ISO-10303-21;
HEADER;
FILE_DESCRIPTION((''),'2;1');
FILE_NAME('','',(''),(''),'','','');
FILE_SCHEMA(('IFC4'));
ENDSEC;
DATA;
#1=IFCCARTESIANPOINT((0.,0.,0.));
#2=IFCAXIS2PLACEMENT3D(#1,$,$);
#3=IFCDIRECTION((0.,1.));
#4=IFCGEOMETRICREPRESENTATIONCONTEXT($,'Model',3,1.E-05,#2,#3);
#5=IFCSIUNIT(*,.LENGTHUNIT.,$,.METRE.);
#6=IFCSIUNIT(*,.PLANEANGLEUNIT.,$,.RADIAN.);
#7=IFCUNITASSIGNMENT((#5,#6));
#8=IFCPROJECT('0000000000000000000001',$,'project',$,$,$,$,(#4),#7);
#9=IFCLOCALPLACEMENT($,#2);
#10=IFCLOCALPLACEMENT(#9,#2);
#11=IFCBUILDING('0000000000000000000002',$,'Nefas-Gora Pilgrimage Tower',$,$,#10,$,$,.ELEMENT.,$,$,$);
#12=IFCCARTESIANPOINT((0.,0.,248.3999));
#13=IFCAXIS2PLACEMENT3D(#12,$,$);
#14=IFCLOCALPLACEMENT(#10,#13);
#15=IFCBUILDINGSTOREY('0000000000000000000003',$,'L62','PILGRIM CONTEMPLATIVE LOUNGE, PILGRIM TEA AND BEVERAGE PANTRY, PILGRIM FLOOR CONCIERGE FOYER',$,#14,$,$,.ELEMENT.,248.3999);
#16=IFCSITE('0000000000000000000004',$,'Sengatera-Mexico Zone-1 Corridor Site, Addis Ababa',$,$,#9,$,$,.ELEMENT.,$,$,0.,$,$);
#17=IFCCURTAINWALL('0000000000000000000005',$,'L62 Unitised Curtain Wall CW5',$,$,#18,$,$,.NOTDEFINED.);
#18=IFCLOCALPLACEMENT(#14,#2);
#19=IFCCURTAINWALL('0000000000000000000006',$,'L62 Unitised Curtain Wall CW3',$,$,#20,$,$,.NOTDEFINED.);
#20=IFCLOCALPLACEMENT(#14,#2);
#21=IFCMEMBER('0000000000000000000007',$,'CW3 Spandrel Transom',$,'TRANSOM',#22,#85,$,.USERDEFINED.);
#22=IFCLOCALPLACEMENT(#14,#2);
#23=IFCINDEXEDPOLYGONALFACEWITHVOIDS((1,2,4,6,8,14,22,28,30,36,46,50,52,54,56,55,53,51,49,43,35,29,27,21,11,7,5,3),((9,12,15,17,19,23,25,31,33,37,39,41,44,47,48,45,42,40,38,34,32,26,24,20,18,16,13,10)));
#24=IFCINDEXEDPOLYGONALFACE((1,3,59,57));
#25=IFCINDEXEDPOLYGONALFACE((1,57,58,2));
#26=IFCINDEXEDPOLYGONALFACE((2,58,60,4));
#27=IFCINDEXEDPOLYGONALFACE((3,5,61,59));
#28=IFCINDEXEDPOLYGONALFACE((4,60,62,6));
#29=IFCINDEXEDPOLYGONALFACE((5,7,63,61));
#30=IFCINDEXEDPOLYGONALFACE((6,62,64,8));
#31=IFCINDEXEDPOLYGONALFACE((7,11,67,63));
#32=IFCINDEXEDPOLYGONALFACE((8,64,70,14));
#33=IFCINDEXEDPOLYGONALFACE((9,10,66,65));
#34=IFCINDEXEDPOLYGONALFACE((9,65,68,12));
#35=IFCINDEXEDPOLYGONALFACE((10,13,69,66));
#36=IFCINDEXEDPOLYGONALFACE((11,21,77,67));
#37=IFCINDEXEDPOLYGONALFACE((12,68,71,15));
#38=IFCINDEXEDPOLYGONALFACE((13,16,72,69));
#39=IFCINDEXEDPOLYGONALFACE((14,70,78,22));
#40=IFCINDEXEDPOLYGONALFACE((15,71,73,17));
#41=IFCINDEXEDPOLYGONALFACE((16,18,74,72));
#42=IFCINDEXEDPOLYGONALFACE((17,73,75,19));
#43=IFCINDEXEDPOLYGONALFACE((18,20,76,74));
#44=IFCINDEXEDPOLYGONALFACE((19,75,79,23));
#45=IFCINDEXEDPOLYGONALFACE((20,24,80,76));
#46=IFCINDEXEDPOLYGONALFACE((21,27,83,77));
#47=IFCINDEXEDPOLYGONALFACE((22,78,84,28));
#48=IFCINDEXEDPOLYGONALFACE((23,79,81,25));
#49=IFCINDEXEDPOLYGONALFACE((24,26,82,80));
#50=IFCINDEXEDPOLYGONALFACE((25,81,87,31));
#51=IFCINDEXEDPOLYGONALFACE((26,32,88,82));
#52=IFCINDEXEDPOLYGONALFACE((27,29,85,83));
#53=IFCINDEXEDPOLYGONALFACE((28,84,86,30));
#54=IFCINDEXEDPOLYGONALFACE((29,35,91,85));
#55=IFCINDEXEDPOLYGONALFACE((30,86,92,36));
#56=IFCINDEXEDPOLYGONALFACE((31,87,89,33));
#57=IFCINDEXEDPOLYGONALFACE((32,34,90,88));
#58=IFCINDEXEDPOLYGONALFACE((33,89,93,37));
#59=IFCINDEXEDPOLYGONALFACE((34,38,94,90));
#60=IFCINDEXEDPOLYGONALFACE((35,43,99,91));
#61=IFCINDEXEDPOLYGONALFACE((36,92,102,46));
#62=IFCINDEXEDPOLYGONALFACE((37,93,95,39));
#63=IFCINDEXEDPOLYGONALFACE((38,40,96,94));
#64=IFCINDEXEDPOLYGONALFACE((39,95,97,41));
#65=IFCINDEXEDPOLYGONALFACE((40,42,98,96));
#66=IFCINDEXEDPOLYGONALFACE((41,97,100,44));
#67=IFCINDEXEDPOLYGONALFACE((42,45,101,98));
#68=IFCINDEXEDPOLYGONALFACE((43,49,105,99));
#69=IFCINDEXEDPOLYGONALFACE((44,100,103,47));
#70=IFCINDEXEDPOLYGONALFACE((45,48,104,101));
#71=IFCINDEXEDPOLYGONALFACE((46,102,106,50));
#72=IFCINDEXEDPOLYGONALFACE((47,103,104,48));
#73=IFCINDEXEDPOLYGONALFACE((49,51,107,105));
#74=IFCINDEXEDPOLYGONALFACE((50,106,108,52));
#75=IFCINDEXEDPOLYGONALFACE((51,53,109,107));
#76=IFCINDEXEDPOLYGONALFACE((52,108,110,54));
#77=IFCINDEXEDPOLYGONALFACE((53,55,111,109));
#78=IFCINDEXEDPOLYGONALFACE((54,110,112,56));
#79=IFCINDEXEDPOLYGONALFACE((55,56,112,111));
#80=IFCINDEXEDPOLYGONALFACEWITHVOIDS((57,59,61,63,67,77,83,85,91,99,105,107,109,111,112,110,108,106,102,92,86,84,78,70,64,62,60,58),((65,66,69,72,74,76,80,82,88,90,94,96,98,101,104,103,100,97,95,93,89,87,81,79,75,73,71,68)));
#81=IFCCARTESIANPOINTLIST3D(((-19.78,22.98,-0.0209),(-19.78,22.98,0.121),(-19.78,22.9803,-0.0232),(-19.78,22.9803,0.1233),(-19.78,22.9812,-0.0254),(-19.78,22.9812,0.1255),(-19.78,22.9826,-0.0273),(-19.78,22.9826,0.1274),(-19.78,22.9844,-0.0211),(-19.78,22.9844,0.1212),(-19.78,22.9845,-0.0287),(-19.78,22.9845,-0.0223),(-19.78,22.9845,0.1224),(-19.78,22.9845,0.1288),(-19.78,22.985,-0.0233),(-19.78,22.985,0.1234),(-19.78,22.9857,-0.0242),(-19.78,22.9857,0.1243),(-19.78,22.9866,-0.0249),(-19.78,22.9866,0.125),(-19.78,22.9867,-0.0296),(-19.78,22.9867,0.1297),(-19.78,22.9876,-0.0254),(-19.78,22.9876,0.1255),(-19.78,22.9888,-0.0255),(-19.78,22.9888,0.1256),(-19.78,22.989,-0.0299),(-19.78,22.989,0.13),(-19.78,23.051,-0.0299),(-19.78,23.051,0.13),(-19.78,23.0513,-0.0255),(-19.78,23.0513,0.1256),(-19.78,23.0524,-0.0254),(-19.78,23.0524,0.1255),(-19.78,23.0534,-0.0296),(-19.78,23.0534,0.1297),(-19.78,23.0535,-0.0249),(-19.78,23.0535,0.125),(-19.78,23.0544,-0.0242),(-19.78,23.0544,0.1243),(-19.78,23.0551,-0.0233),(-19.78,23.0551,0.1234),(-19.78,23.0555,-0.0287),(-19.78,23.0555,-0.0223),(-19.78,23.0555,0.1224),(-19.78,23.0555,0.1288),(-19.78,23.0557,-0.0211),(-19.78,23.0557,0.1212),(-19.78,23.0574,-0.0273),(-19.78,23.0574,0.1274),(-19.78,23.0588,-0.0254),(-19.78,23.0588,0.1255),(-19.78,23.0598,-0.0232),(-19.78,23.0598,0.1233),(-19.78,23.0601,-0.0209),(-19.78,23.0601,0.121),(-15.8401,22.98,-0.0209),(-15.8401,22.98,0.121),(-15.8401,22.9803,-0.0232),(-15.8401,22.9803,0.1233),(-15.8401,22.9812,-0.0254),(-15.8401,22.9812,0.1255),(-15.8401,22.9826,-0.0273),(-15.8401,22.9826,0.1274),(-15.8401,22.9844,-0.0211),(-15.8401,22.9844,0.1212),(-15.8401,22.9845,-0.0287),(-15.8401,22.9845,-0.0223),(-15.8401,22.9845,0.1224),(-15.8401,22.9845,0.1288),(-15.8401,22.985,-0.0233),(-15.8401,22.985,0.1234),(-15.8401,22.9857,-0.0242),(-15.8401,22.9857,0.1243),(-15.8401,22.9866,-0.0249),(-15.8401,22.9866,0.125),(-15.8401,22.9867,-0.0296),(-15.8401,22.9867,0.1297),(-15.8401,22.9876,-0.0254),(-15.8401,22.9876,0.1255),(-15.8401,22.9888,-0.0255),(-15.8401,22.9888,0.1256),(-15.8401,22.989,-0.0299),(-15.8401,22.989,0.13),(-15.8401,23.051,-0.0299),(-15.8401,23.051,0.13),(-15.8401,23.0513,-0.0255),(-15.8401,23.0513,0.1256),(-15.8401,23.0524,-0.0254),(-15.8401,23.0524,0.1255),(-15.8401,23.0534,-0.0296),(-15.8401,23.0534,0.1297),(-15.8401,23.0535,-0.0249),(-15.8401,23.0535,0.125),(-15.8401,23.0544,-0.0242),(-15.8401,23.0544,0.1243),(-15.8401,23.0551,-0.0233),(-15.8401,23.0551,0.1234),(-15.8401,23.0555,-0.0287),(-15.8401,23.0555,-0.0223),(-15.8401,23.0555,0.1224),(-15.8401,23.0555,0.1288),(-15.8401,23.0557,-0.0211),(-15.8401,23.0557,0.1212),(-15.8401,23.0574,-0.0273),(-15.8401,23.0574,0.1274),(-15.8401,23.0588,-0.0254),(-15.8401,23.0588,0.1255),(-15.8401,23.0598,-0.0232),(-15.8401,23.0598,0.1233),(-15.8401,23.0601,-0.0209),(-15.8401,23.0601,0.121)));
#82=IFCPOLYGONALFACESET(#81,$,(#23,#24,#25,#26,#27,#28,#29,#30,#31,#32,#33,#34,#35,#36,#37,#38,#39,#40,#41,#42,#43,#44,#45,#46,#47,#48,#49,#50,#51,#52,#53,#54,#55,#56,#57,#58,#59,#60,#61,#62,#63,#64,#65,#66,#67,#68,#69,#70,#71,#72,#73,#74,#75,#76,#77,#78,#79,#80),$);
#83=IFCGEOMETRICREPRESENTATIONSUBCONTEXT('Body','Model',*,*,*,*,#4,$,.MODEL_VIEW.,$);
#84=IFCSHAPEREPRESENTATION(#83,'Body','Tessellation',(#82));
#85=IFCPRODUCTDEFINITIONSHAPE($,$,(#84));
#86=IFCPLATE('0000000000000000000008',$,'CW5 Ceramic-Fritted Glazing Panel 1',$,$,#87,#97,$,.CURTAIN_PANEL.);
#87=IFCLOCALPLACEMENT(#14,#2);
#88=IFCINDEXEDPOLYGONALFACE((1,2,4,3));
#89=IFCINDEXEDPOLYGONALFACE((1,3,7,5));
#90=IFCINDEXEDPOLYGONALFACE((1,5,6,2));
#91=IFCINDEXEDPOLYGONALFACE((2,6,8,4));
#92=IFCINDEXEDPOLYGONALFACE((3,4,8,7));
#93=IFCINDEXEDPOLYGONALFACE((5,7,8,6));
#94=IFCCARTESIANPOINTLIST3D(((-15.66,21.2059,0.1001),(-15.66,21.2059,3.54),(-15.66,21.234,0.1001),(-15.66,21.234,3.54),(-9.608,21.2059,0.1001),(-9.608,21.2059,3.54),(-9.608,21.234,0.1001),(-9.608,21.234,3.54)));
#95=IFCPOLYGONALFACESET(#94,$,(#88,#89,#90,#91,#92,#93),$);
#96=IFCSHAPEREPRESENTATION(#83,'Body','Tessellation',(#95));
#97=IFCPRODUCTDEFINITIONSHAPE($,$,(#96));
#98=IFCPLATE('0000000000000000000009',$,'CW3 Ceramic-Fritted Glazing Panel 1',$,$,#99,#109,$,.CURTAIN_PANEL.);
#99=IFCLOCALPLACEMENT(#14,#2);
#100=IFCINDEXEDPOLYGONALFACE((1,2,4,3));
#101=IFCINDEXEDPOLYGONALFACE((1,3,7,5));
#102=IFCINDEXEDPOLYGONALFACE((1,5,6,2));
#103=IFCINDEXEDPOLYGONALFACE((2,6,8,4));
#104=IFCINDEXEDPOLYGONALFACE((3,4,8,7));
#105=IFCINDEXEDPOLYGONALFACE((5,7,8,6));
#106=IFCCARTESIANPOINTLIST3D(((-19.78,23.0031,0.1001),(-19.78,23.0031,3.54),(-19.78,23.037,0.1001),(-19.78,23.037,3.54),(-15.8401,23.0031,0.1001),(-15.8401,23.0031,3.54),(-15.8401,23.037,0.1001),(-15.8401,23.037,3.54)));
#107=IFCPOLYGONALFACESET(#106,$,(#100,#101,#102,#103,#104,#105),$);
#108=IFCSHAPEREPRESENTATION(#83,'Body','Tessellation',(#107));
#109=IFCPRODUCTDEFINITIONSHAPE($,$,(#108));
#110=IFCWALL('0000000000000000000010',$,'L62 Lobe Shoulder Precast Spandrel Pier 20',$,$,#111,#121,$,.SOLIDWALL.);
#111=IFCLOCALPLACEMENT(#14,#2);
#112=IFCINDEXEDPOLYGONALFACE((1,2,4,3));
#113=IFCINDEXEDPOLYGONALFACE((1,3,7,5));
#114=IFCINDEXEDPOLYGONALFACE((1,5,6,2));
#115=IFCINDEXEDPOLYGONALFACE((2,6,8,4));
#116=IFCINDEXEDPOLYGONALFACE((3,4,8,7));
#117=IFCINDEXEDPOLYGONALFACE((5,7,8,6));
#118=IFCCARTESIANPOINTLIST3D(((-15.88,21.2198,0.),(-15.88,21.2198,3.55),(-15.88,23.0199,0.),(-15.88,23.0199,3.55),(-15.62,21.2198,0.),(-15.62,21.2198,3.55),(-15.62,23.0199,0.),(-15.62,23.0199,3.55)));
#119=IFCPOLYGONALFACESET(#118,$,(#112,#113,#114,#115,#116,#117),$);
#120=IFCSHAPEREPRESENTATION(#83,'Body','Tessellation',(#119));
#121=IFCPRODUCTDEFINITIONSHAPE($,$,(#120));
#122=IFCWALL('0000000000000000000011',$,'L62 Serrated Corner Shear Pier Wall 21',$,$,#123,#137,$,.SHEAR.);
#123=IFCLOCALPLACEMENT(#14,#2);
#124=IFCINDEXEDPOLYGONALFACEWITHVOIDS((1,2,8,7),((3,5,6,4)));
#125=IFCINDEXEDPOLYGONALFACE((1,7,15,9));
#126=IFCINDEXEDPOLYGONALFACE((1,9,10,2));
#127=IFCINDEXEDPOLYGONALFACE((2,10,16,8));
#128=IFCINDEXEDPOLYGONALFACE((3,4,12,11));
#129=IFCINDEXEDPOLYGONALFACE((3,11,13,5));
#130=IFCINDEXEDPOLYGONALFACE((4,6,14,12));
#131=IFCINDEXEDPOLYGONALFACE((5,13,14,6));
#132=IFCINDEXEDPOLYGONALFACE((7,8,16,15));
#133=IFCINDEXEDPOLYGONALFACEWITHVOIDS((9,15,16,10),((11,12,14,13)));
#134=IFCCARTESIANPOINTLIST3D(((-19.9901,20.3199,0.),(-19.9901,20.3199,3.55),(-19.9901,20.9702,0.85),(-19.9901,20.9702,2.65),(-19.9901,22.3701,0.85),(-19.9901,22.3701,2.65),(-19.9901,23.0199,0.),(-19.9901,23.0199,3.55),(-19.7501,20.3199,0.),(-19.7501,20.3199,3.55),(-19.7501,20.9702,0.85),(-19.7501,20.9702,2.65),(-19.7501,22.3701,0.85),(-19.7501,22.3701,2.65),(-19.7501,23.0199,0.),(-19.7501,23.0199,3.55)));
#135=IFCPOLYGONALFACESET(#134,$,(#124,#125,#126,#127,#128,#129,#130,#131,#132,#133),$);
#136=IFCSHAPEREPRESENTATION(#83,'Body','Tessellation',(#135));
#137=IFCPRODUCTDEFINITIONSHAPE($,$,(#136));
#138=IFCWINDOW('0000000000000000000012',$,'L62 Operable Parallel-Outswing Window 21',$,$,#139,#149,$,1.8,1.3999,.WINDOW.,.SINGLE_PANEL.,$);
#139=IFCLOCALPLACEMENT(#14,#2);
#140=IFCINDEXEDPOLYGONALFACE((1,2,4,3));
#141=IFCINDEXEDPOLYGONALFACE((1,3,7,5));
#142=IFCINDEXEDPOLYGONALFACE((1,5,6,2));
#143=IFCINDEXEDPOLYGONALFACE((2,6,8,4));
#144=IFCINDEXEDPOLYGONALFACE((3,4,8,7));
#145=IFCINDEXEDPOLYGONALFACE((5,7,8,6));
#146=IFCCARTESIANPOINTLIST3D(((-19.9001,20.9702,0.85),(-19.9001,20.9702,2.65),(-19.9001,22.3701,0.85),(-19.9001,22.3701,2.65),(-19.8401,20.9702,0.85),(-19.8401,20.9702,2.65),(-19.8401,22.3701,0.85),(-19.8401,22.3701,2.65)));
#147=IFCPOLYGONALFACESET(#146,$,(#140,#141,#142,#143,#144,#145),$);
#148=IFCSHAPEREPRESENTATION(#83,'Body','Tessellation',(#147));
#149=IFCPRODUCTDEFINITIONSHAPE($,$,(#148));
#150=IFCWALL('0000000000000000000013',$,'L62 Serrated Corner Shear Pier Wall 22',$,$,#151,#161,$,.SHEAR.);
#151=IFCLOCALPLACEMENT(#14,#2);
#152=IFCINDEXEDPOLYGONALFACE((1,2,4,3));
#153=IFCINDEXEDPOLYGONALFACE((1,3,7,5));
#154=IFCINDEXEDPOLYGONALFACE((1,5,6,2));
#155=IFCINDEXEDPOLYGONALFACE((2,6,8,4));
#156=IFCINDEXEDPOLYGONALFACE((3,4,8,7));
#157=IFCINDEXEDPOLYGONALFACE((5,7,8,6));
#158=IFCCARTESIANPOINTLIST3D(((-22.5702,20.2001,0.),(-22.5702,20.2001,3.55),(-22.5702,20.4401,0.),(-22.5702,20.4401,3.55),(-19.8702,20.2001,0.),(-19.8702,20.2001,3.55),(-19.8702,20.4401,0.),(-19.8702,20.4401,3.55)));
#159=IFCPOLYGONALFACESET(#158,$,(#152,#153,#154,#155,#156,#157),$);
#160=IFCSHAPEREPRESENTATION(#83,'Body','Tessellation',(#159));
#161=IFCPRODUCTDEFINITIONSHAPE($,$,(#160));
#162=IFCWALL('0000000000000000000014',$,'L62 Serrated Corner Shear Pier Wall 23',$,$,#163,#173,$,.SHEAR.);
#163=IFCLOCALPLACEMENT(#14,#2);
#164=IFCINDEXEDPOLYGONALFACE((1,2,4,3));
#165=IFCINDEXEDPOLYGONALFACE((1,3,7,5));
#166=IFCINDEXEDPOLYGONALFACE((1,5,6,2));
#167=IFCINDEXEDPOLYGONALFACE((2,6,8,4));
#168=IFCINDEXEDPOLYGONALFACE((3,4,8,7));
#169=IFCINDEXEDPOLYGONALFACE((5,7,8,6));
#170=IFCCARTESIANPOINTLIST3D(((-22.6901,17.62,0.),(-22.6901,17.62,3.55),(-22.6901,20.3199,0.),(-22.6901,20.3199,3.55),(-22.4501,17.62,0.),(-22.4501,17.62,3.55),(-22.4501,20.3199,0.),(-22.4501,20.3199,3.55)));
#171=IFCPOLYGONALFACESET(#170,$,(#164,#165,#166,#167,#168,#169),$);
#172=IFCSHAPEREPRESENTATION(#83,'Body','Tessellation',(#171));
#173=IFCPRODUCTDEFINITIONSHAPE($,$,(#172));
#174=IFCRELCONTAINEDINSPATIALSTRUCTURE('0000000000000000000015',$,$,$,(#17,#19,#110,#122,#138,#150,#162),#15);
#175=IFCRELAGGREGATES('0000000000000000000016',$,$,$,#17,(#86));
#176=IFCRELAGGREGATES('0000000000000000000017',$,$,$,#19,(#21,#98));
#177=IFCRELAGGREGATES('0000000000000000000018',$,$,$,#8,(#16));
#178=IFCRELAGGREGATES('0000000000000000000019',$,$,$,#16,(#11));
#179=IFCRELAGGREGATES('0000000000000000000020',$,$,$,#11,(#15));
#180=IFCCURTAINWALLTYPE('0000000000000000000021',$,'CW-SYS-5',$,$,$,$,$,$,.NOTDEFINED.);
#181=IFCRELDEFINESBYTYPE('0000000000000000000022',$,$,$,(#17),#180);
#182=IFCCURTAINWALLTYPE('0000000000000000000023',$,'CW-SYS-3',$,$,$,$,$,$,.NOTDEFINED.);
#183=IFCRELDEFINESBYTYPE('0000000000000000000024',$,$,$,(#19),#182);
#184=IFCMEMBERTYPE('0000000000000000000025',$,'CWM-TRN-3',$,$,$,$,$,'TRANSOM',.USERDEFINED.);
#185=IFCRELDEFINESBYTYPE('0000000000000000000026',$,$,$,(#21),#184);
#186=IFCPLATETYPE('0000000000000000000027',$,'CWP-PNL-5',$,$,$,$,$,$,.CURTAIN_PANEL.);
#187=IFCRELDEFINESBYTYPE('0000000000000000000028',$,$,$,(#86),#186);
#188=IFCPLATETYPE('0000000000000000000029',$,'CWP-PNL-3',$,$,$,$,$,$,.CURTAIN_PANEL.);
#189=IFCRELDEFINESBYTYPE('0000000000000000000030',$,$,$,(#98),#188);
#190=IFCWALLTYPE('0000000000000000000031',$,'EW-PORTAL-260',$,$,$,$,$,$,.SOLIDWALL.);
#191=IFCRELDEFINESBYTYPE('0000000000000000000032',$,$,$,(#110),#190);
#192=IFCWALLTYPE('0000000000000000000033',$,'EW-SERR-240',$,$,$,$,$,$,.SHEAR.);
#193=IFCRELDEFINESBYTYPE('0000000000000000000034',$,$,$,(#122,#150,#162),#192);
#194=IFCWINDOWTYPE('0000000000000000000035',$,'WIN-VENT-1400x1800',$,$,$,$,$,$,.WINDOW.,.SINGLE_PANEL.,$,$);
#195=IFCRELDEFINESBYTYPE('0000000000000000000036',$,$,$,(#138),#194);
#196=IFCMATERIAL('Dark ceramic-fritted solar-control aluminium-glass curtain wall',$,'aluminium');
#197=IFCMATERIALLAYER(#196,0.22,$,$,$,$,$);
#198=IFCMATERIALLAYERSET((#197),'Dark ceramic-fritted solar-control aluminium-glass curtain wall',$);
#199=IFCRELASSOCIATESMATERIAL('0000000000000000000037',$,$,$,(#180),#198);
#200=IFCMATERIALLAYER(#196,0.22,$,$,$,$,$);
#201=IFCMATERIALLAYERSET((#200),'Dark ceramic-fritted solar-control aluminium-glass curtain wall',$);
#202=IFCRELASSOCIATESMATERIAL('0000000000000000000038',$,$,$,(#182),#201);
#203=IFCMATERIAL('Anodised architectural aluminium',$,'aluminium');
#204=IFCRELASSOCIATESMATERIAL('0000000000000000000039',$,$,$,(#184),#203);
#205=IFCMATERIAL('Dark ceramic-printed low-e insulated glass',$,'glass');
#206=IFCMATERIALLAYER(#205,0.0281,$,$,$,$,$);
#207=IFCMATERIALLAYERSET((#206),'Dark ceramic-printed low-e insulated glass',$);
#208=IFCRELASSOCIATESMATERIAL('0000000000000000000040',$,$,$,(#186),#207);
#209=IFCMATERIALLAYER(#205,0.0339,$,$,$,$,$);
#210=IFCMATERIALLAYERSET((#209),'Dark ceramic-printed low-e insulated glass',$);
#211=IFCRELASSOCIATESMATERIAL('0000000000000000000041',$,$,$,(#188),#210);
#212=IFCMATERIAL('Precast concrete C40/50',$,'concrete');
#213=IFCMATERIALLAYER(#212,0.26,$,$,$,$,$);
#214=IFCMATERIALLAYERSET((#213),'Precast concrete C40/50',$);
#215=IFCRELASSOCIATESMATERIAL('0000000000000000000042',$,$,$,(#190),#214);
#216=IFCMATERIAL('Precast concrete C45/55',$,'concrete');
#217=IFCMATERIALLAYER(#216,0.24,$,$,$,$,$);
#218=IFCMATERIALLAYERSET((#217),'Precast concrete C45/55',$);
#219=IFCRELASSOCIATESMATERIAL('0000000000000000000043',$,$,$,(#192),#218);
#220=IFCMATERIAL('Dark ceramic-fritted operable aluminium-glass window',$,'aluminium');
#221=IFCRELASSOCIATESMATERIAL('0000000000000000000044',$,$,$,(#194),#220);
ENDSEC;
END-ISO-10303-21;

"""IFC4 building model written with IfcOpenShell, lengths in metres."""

from ifc_helpers import new_model, si_unit, direction, frame, frame_2d, origin, origin_2d, place, context, subcontext, project, spatial, rectangle, hollow_rectangle, extrude, source, transform, mapped, material, layer, layer_set, material_profile, profile_set, type_object, element, fill, aggregate, save


model = new_model("IFC4")

# Units and contexts
model_context = context("Model", 3, precision=1e-05, world=origin(), true_north=direction((0.0, 1.0)))
body_context = subcontext(model_context, "Body", "Model", "MODEL_VIEW")
ifc_project = project(units=[si_unit("LENGTHUNIT", "METRE"), si_unit("PLANEANGLEUNIT", "RADIAN")], contexts=[model_context])

# Site, building, storey
site_placement = place(None, origin())
site = spatial("IfcSite", under=ifc_project, at=site_placement, Name="Sengatera-Mexico Zone-1 Corridor Site, Addis Ababa", CompositionType="ELEMENT", RefElevation=0.0)
building_placement = place(site_placement, origin())
building = spatial("IfcBuilding", under=site, at=building_placement, Name="Nefas-Gora Pilgrimage Tower", CompositionType="ELEMENT")
storey_placement = place(building_placement, frame((0.0, 0.0, 248.3999)))
storey = spatial("IfcBuildingStorey", under=building, at=storey_placement, Name="L62", Description="PILGRIM CONTEMPLATIVE LOUNGE, PILGRIM TEA AND BEVERAGE PANTRY, PILGRIM FLOOR CONCIERGE FOYER", CompositionType="ELEMENT", Elevation=248.3999)

# Curtain walls
ifc_material_1 = material(Name="Dark ceramic-fritted solar-control aluminium-glass curtain wall", Category="aluminium")
ifc_layer_1 = layer(ifc_material_1, 0.22)
ifc_layer_set_1 = layer_set([ifc_layer_1], Name="Dark ceramic-fritted solar-control aluminium-glass curtain wall")
curtain_wall_type_1 = type_object("IfcCurtainWallType", Name="CW-SYS-5", PredefinedType="NOTDEFINED", material=ifc_layer_set_1)
curtain_wall_1_placement = place(storey_placement, origin())
curtain_wall_1 = element("IfcCurtainWall", 1, at=curtain_wall_1_placement, inside=storey, type_object=curtain_wall_type_1, Name="L62 Unitised Curtain Wall CW5", PredefinedType="NOTDEFINED")
ifc_material_2 = material(Name="Anodised architectural aluminium", Category="aluminium")
ifc_layer_2 = layer(ifc_material_1, 0.22)
ifc_layer_set_2 = layer_set([ifc_layer_2], Name="Dark ceramic-fritted solar-control aluminium-glass curtain wall")
curtain_wall_type_2 = type_object("IfcCurtainWallType", Name="CW-SYS-3", PredefinedType="NOTDEFINED", material=ifc_layer_set_2)
curtain_wall_2_placement = place(storey_placement, origin())
curtain_wall_2 = element("IfcCurtainWall", 2, at=curtain_wall_2_placement, inside=storey, type_object=curtain_wall_type_2, Name="L62 Unitised Curtain Wall CW3", PredefinedType="NOTDEFINED")
ifc_material_profile_1 = material_profile(ifc_material_2, hollow_rectangle(XDim=0.0801, YDim=0.1599, WallThickness=0.0044, InnerFilletRadius=0.0044, OuterFilletRadius=0.009, at=origin_2d()), Name="ALU TRANSOM 80x160")
ifc_profile_set_1 = profile_set([ifc_material_profile_1], Name="Anodised architectural aluminium")
member_type_1 = type_object("IfcMemberType", Name="CWM-TRN-3", ElementType="TRANSOM", PredefinedType="USERDEFINED", material=ifc_profile_set_1)

# Member
shared_shape_1 = source(origin(), body_context, "Body", "SweptSolid", [
    extrude(hollow_rectangle(XDim=0.0801, YDim=0.1599, WallThickness=0.0044, InnerFilletRadius=0.0044, OuterFilletRadius=0.009, at=origin_2d()), origin(), (0.0, 0.0, 1.0), 3.9399),
])
member_1_placement = place(storey_placement, frame((-15.8401, 23.02, 0.05), z_axis=(-1.0, 0.0, 0.0), x_axis=(0.0, -1.0, 0.0)))
member_1 = element("IfcMember", 3, at=member_1_placement, type_object=member_type_1, Name="CW3 Spandrel Transom", ObjectType="TRANSOM", PredefinedType="USERDEFINED", context=body_context, shape_type="MappedRepresentation", body=[
    mapped(shared_shape_1, transform((0.0, 0.0, 0.0), x_axis=(1.0, 0.0, 0.0), y_axis=(0.0, 1.0, 0.0), z_axis=(0.0, 0.0, 1.0), scale=1.0)),
])

# Plates
ifc_material_3 = material(Name="Dark ceramic-printed low-e insulated glass", Category="glass")
ifc_layer_3 = layer(ifc_material_3, 0.0281)
ifc_layer_set_3 = layer_set([ifc_layer_3], Name="Dark ceramic-printed low-e insulated glass")
plate_type_1 = type_object("IfcPlateType", Name="CWP-PNL-5", PredefinedType="CURTAIN_PANEL", material=ifc_layer_set_3)
shared_shape_2 = source(origin(), body_context, "Body", "SweptSolid", [
    extrude(rectangle(XDim=6.052, YDim=0.0281, at=origin_2d()), origin(), (0.0, 0.0, 1.0), 3.4399),
])
plate_1_placement = place(storey_placement, frame((-12.634, 21.22, 0.1001), z_axis=(0.0, 0.0, 1.0), x_axis=(-1.0, 0.0, 0.0)))
plate_1 = element("IfcPlate", 4, at=plate_1_placement, type_object=plate_type_1, Name="CW5 Ceramic-Fritted Glazing Panel 1", PredefinedType="CURTAIN_PANEL", context=body_context, shape_type="MappedRepresentation", body=[
    mapped(shared_shape_2, transform((0.0, 0.0, 0.0), x_axis=(1.0, 0.0, 0.0), y_axis=(0.0, 1.0, 0.0), z_axis=(0.0, 0.0, 1.0), scale=1.0)),
])
aggregate(curtain_wall_1, [plate_1])
ifc_layer_4 = layer(ifc_material_3, 0.0339)
ifc_layer_set_4 = layer_set([ifc_layer_4], Name="Dark ceramic-printed low-e insulated glass")
plate_type_2 = type_object("IfcPlateType", Name="CWP-PNL-3", PredefinedType="CURTAIN_PANEL", material=ifc_layer_set_4)
shared_shape_3 = source(origin(), body_context, "Body", "SweptSolid", [
    extrude(rectangle(XDim=3.9399, YDim=0.0339, at=origin_2d()), origin(), (0.0, 0.0, 1.0), 3.4399),
])
plate_2_placement = place(storey_placement, frame((-17.8101, 23.02, 0.1001), z_axis=(0.0, 0.0, 1.0), x_axis=(-1.0, 0.0, 0.0)))
plate_2 = element("IfcPlate", 5, at=plate_2_placement, type_object=plate_type_2, Name="CW3 Ceramic-Fritted Glazing Panel 1", PredefinedType="CURTAIN_PANEL", context=body_context, shape_type="MappedRepresentation", body=[
    mapped(shared_shape_3, transform((0.0, 0.0, 0.0), x_axis=(1.0, 0.0, 0.0), y_axis=(0.0, 1.0, 0.0), z_axis=(0.0, 0.0, 1.0), scale=1.0)),
])
aggregate(curtain_wall_2, [member_1, plate_2])

# Wall
ifc_material_4 = material(Name="Precast concrete C40/50", Category="concrete")
ifc_layer_5 = layer(ifc_material_4, 0.26)
ifc_layer_set_5 = layer_set([ifc_layer_5], Name="Precast concrete C40/50")
wall_type_1 = type_object("IfcWallType", Name="EW-PORTAL-260", PredefinedType="SOLIDWALL", material=ifc_layer_set_5)
shared_shape_4 = source(origin(), body_context, "Body", "SweptSolid", [
    extrude(rectangle(XDim=1.8, YDim=0.26, at=frame_2d((0.8999, 0.0))), origin(), (0.0, 0.0, 1.0), 3.55),
])
wall_1_placement = place(storey_placement, frame((-15.75, 21.22, 0.0), z_axis=(0.0, 0.0, 1.0), x_axis=(0.0, 1.0, 0.0)))
element("IfcWall", 6, at=wall_1_placement, inside=storey, type_object=wall_type_1, Name="L62 Lobe Shoulder Precast Spandrel Pier 20", PredefinedType="SOLIDWALL", context=body_context, shape_type="MappedRepresentation", body=[
    mapped(shared_shape_4, transform((0.0, 0.0, 0.0), x_axis=(1.0, 0.0, 0.0), y_axis=(0.0, 1.0, 0.0), z_axis=(0.0, 0.0, 1.0), scale=1.0)),
])

# Wall, opening, window
ifc_material_5 = material(Name="Precast concrete C45/55", Category="concrete")
ifc_layer_6 = layer(ifc_material_5, 0.24)
ifc_layer_set_6 = layer_set([ifc_layer_6], Name="Precast concrete C45/55")
wall_type_2 = type_object("IfcWallType", Name="EW-SERR-240", PredefinedType="SHEAR", material=ifc_layer_set_6)
shared_shape_5 = source(origin(), body_context, "Body", "SweptSolid", [
    extrude(rectangle(XDim=2.7, YDim=0.24, at=frame_2d((1.3501, 0.0))), origin(), (0.0, 0.0, 1.0), 3.55),
])
wall_2_placement = place(storey_placement, frame((-19.8701, 23.02, 0.0), z_axis=(0.0, 0.0, 1.0), x_axis=(0.0, -1.0, 0.0)))
wall_2 = element("IfcWall", 7, at=wall_2_placement, inside=storey, type_object=wall_type_2, Name="L62 Serrated Corner Shear Pier Wall 21", PredefinedType="SHEAR", context=body_context, shape_type="MappedRepresentation", body=[
    mapped(shared_shape_5, transform((0.0, 0.0, 0.0), x_axis=(1.0, 0.0, 0.0), y_axis=(0.0, 1.0, 0.0), z_axis=(0.0, 0.0, 1.0), scale=1.0)),
])
opening_1_placement = place(wall_2_placement, frame((0.6499, 0.0, 0.8501)))
opening_1 = element("IfcOpeningElement", 8, at=opening_1_placement, cuts=wall_2, PredefinedType="OPENING", context=body_context, shape_type="SweptSolid", body=[
    extrude(rectangle(XDim=1.3999, YDim=1.8, at=frame_2d((0.7, 0.8999))), frame((0.0, 0.1299, 0.0), z_axis=(0.0, -1.0, 0.0), x_axis=(1.0, 0.0, 0.0)), (0.0, 0.0, 1.0), 0.26),
])
ifc_material_6 = material(Name="Dark ceramic-fritted operable aluminium-glass window", Category="aluminium")
window_type = type_object("IfcWindowType", Name="WIN-VENT-1400x1800", PartitioningType="SINGLE_PANEL", PredefinedType="WINDOW", material=ifc_material_6)
shared_shape_6 = source(origin(), body_context, "Body", "SweptSolid", [
    extrude(rectangle(XDim=1.3999, YDim=1.8, at=frame_2d((0.7, 0.8999))), frame((0.0, 0.03, 0.0), z_axis=(0.0, -1.0, 0.0), x_axis=(1.0, 0.0, 0.0)), (0.0, 0.0, 1.0), 0.0601),
])
window_placement = place(opening_1_placement, origin())
window = element("IfcWindow", 9, at=window_placement, inside=storey, type_object=window_type, Name="L62 Operable Parallel-Outswing Window 21", OverallHeight=1.8, OverallWidth=1.3999, PartitioningType="SINGLE_PANEL", PredefinedType="WINDOW", context=body_context, shape_type="MappedRepresentation", body=[
    mapped(shared_shape_6, transform((0.0, 0.0, 0.0), x_axis=(1.0, 0.0, 0.0), y_axis=(0.0, 1.0, 0.0), z_axis=(0.0, 0.0, 1.0), scale=1.0)),
])
fill(opening_1, window)

# Walls
for number, where, z_axis, x_axis, name in (
    (10, (-19.8701, 20.3201, 0.0), (0.0, 0.0, 1.0), (-1.0, 0.0, 0.0), "L62 Serrated Corner Shear Pier Wall 22"),
    (11, (-22.5701, 20.3201, 0.0), (0.0, 0.0, 1.0), (0.0, -1.0, 0.0), "L62 Serrated Corner Shear Pier Wall 23"),
):
    element("IfcWall", number, at=place(storey_placement, frame(where, z_axis=z_axis, x_axis=x_axis)), inside=storey, type_object=wall_type_2, Name=name, PredefinedType="SHEAR", context=body_context, shape_type="MappedRepresentation", body=[
        mapped(shared_shape_5, transform((0.0, 0.0, 0.0), x_axis=(1.0, 0.0, 0.0), y_axis=(0.0, 1.0, 0.0), z_axis=(0.0, 0.0, 1.0), scale=1.0)),
    ])

save(model, "model.ifc")
